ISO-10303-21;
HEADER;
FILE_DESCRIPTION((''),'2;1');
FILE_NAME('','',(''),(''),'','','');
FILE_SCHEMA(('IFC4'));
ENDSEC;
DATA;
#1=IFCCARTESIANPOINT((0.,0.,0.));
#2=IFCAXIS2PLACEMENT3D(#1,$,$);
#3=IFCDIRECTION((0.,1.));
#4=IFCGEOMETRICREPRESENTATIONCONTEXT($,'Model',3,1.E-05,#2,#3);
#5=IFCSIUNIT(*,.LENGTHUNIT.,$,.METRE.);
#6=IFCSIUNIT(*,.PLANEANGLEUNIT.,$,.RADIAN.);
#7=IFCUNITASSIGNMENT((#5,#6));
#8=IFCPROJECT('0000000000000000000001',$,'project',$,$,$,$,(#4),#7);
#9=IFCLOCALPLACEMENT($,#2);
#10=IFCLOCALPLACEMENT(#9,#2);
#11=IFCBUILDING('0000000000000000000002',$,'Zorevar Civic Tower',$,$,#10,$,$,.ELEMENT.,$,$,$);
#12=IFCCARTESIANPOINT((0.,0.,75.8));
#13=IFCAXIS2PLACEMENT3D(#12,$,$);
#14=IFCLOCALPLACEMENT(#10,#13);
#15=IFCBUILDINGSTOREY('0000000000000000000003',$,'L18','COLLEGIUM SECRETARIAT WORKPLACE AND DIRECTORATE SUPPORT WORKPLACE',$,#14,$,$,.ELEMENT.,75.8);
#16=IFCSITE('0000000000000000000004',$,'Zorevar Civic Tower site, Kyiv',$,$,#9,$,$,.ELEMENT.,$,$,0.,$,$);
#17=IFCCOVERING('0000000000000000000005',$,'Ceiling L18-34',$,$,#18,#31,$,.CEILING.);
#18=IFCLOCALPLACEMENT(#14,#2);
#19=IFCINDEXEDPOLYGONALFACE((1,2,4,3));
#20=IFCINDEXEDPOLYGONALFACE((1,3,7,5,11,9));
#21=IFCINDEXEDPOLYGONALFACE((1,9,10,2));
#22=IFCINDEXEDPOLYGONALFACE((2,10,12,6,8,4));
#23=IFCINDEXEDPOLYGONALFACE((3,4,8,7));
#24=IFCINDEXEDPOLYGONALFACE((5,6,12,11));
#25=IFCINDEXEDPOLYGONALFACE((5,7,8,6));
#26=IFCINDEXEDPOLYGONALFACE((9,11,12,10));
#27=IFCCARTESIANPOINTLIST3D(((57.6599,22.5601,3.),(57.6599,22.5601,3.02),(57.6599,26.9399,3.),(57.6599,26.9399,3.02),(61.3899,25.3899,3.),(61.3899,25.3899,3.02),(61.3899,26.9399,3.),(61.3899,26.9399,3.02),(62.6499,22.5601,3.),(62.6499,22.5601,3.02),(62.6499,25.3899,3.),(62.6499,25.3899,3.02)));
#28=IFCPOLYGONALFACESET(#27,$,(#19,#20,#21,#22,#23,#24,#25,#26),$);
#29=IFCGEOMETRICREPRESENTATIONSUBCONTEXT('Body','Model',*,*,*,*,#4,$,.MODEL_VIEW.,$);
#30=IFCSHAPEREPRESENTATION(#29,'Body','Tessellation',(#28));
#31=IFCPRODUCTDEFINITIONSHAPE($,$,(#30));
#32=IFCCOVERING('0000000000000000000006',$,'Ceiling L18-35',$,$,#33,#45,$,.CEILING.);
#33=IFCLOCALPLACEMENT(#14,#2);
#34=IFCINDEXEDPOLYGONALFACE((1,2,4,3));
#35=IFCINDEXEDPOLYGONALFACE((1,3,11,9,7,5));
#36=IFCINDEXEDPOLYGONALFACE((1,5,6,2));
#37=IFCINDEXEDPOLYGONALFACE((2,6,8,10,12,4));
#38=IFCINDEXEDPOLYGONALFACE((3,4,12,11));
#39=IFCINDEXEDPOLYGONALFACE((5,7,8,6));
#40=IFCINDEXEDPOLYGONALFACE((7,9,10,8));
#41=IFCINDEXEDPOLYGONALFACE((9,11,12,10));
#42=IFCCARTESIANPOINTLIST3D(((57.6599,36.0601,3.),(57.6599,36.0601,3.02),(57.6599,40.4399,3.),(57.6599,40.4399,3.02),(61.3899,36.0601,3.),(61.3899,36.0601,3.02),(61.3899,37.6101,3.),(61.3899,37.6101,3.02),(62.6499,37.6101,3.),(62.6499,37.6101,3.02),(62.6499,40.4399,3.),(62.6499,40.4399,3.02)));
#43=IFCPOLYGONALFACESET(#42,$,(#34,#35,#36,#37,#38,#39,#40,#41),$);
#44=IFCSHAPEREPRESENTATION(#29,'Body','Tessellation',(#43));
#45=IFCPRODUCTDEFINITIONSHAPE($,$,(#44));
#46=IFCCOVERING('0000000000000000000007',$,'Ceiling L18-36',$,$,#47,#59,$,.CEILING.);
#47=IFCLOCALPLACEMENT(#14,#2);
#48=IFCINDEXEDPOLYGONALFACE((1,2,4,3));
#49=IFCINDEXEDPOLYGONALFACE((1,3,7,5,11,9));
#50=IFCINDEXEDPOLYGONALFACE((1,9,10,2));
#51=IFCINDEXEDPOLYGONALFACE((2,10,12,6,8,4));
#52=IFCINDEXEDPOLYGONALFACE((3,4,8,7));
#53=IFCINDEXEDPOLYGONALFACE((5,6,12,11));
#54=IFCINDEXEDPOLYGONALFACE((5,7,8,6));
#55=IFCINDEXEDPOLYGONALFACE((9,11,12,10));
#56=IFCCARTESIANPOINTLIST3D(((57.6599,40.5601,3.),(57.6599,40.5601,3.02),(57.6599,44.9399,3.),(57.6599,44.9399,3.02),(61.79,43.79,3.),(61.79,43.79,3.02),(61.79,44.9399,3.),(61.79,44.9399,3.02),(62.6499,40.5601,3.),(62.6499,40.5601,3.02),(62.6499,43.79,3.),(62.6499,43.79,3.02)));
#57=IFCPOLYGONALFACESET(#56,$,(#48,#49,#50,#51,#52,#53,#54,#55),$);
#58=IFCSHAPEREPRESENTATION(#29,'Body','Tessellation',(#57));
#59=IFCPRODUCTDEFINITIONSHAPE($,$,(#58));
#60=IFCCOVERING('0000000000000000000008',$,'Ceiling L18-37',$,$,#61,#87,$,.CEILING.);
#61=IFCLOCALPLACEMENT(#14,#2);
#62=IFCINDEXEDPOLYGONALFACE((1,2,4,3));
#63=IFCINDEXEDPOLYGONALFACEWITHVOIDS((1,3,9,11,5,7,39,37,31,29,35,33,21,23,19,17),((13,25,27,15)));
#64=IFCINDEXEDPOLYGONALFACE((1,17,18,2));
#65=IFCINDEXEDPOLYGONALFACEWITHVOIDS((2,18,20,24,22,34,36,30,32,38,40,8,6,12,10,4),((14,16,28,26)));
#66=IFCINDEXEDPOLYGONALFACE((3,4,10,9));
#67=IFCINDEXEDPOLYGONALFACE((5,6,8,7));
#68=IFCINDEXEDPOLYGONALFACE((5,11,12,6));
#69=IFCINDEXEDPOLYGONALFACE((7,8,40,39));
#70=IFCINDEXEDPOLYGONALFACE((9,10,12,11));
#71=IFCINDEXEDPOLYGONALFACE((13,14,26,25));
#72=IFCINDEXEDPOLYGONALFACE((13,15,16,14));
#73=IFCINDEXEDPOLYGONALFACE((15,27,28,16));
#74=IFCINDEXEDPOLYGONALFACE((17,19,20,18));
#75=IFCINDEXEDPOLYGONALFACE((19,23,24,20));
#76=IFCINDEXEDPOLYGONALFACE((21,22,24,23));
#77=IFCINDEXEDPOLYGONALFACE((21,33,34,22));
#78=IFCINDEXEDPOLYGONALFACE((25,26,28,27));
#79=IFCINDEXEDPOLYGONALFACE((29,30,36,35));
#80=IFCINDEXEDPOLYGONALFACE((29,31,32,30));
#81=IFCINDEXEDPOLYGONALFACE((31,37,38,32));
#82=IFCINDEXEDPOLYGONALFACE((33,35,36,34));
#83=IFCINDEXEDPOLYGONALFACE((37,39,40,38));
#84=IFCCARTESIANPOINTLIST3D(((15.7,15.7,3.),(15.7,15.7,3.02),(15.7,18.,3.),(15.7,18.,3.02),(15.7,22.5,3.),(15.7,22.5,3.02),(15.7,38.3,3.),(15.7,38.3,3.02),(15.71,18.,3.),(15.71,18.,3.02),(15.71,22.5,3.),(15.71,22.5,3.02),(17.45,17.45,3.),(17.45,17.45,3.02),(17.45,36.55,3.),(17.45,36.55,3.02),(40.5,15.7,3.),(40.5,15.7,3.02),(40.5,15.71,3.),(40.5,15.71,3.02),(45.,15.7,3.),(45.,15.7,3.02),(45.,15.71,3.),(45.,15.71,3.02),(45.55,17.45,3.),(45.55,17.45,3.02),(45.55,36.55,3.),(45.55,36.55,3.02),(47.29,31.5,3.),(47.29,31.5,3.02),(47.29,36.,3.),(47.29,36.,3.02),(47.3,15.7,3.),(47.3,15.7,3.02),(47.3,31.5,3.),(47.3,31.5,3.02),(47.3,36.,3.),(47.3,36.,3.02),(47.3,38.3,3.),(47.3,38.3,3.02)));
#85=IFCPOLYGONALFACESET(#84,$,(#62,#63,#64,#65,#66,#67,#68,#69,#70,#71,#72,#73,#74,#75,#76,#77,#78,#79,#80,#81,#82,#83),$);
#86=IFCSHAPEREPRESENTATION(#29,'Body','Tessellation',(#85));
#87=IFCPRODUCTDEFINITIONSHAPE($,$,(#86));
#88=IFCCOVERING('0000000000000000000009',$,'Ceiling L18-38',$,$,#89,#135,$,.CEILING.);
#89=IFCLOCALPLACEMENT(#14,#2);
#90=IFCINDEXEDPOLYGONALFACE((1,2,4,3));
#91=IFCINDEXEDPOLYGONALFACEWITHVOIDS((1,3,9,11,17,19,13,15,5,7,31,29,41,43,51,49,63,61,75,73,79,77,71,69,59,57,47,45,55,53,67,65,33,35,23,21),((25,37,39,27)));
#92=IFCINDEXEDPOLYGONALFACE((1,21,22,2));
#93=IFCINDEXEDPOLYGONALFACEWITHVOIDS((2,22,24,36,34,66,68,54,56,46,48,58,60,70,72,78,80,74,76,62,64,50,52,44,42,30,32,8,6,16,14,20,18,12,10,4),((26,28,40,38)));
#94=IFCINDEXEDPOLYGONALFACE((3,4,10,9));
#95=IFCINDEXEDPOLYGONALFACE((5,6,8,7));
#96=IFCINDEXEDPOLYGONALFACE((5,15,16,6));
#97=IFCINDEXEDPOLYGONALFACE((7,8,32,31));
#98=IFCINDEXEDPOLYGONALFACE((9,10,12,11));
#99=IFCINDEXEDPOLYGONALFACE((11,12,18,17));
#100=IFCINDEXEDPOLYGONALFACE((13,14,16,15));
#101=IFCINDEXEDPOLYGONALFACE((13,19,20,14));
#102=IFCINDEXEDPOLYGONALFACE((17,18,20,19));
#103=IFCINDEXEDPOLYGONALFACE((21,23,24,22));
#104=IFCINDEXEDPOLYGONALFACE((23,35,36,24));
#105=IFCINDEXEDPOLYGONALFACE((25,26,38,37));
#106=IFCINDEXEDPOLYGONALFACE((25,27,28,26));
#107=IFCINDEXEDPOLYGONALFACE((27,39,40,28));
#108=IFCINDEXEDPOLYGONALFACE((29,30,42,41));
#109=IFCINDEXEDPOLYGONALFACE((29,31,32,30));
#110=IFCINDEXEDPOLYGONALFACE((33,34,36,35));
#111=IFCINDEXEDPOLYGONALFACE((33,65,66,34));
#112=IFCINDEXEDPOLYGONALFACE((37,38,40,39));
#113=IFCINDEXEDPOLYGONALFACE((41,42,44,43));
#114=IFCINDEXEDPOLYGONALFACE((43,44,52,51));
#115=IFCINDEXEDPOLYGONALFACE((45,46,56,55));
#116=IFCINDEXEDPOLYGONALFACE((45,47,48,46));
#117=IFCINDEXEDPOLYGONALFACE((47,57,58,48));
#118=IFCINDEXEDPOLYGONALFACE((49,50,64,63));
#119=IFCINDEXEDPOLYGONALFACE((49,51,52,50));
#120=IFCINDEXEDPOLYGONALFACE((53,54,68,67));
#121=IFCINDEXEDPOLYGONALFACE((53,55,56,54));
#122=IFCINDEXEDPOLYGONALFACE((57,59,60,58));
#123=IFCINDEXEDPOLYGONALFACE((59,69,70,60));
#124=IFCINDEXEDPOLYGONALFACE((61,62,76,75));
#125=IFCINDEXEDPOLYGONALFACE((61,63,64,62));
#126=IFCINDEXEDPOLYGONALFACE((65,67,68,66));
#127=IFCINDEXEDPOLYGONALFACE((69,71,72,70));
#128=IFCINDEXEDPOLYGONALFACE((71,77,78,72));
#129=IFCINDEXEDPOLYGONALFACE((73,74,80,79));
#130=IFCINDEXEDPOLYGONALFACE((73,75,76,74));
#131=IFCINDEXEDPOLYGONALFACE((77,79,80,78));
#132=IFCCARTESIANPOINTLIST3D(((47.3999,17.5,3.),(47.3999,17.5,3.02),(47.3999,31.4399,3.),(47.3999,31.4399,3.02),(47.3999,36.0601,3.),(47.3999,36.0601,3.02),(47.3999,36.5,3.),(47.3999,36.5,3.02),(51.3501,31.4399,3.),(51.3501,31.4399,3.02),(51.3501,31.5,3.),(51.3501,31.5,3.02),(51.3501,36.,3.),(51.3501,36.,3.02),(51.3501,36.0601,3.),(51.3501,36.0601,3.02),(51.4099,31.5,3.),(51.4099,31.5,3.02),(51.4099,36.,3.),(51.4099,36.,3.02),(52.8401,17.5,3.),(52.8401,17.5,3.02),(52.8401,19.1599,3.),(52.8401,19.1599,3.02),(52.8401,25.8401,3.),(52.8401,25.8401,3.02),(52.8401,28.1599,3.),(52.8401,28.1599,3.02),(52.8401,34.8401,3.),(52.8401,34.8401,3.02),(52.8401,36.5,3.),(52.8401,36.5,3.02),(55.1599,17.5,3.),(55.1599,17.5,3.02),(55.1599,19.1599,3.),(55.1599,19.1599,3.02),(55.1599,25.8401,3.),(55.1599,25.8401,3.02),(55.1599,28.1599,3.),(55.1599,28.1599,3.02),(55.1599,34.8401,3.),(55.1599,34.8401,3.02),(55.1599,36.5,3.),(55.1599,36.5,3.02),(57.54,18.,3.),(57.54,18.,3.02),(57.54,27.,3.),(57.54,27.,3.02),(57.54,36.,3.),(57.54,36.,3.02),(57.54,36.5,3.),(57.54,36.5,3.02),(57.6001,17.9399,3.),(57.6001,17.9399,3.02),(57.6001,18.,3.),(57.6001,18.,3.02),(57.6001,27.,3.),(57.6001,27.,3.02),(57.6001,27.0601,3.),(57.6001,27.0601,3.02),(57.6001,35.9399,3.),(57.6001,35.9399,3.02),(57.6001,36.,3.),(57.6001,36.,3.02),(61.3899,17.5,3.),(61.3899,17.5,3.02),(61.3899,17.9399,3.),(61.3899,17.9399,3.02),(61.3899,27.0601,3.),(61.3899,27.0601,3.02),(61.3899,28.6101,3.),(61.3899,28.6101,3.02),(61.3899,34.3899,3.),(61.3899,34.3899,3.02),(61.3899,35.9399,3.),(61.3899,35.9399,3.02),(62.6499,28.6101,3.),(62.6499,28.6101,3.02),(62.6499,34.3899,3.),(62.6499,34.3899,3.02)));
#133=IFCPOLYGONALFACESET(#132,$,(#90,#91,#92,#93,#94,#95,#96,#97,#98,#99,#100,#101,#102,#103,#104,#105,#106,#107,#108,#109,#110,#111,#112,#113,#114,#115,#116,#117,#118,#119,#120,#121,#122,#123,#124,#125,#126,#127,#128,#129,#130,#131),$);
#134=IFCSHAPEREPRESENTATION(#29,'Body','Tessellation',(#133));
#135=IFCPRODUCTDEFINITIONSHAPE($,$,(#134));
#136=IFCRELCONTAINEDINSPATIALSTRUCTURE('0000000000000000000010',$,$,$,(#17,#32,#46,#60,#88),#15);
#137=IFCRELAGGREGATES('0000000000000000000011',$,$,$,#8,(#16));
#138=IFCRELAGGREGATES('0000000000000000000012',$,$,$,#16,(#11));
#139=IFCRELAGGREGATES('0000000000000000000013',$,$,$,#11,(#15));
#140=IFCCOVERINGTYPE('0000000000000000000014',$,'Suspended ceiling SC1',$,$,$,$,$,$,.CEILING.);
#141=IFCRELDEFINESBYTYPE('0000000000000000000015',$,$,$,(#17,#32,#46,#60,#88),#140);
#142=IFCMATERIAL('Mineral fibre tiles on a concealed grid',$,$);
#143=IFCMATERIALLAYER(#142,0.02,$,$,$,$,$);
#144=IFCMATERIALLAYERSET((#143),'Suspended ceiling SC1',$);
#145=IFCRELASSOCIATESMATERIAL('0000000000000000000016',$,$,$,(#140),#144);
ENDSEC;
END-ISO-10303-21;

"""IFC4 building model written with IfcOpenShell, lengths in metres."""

from ifc_helpers import new_model, si_unit, direction, frame, origin, place, context, subcontext, project, spatial, polyline, outline, extrude, material, layer, layer_set, type_object, element, save


model = new_model("IFC4")

# Units and contexts
model_context = context("Model", 3, precision=1e-05, world=origin(), true_north=direction((0.0, 1.0)))
body_context = subcontext(model_context, "Body", "Model", "MODEL_VIEW")
ifc_project = project(units=[si_unit("LENGTHUNIT", "METRE"), si_unit("PLANEANGLEUNIT", "RADIAN")], contexts=[model_context])

# Site, building, storey
site_placement = place(None, origin())
site = spatial("IfcSite", under=ifc_project, at=site_placement, Name="Zorevar Civic Tower site, Kyiv", CompositionType="ELEMENT", RefElevation=0.0)
building_placement = place(site_placement, origin())
building = spatial("IfcBuilding", under=site, at=building_placement, Name="Zorevar Civic Tower", CompositionType="ELEMENT")
storey_placement = place(building_placement, frame((0.0, 0.0, 75.8)))
storey = spatial("IfcBuildingStorey", under=building, at=storey_placement, Name="L18", Description="COLLEGIUM SECRETARIAT WORKPLACE AND DIRECTORATE SUPPORT WORKPLACE", CompositionType="ELEMENT", Elevation=75.8)

# Coverings
ifc_material_1 = material(Name="Mineral fibre tiles on a concealed grid")
ifc_layer_1 = layer(ifc_material_1, 0.02)
ifc_layer_set_1 = layer_set([ifc_layer_1], Name="Suspended ceiling SC1")
covering_type = type_object("IfcCoveringType", Name="Suspended ceiling SC1", PredefinedType="CEILING", material=ifc_layer_set_1)
covering_1_placement = place(storey_placement, frame((0.0, 0.0, 3.0)))
element("IfcCovering", 1, at=covering_1_placement, inside=storey, type_object=covering_type, Name="Ceiling L18-34", PredefinedType="CEILING", context=body_context, shape_type="SweptSolid", body=[
    extrude(outline(polyline([(57.6599, 26.9399), (61.3899, 26.9399), (61.3899, 25.3899), (62.6499, 25.3899), (62.6499, 22.5601), (57.6599, 22.5601), (57.6599, 26.9399)])), origin(), (0.0, 0.0, 1.0), 0.02),
])
covering_2_placement = place(storey_placement, frame((0.0, 0.0, 3.0)))
element("IfcCovering", 2, at=covering_2_placement, inside=storey, type_object=covering_type, Name="Ceiling L18-35", PredefinedType="CEILING", context=body_context, shape_type="SweptSolid", body=[
    extrude(outline(polyline([(57.6599, 40.4399), (62.6499, 40.4399), (62.6499, 37.6101), (61.3899, 37.6101), (61.3899, 36.0601), (57.6599, 36.0601), (57.6599, 40.4399)])), origin(), (0.0, 0.0, 1.0), 0.02),
])
covering_3_placement = place(storey_placement, frame((0.0, 0.0, 3.0)))
element("IfcCovering", 3, at=covering_3_placement, inside=storey, type_object=covering_type, Name="Ceiling L18-36", PredefinedType="CEILING", context=body_context, shape_type="SweptSolid", body=[
    extrude(outline(polyline([(57.6599, 44.9399), (61.79, 44.9399), (61.79, 43.79), (62.6499, 43.79), (62.6499, 40.5601), (57.6599, 40.5601), (57.6599, 44.9399)])), origin(), (0.0, 0.0, 1.0), 0.02),
])
covering_4_placement = place(storey_placement, frame((0.0, 0.0, 3.0)))
element("IfcCovering", 4, at=covering_4_placement, inside=storey, type_object=covering_type, Name="Ceiling L18-37", PredefinedType="CEILING", context=body_context, shape_type="SweptSolid", body=[
    extrude(outline(polyline([(15.7, 22.5), (15.7, 38.3), (47.3, 38.3), (47.3, 36.0), (47.29, 36.0), (47.29, 31.5), (47.3, 31.5), (47.3, 15.7), (45.0, 15.7), (45.0, 15.71), (40.5, 15.71), (40.5, 15.7), (15.7, 15.7), (15.7, 18.0), (15.71, 18.0), (15.71, 22.5), (15.7, 22.5)]), holes=[polyline([(45.55, 36.55), (17.45, 36.55), (17.45, 17.45), (45.55, 17.45), (45.55, 36.55)])]), origin(), (0.0, 0.0, 1.0), 0.02),
])
covering_5_placement = place(storey_placement, frame((0.0, 0.0, 3.0)))
element("IfcCovering", 5, at=covering_5_placement, inside=storey, type_object=covering_type, Name="Ceiling L18-38", PredefinedType="CEILING", context=body_context, shape_type="SweptSolid", body=[
    extrude(outline(polyline([(52.8401, 17.5), (47.3999, 17.5), (47.3999, 31.4399), (51.3501, 31.4399), (51.3501, 31.5), (51.4099, 31.5), (51.4099, 36.0), (51.3501, 36.0), (51.3501, 36.0601), (47.3999, 36.0601), (47.3999, 36.5), (52.8401, 36.5), (52.8401, 34.8401), (55.1599, 34.8401), (55.1599, 36.5), (57.54, 36.5), (57.54, 36.0), (57.6001, 36.0), (57.6001, 35.9399), (61.3899, 35.9399), (61.3899, 34.3899), (62.6499, 34.3899), (62.6499, 28.6101), (61.3899, 28.6101), (61.3899, 27.0601), (57.6001, 27.0601), (57.6001, 27.0), (57.54, 27.0), (57.54, 18.0), (57.6001, 18.0), (57.6001, 17.9399), (61.3899, 17.9399), (61.3899, 17.5), (55.1599, 17.5), (55.1599, 19.1599), (52.8401, 19.1599), (52.8401, 17.5)]), holes=[polyline([(55.1599, 28.1599), (52.8401, 28.1599), (52.8401, 25.8401), (55.1599, 25.8401), (55.1599, 28.1599)])]), origin(), (0.0, 0.0, 1.0), 0.02),
])

save(model, "model.ifc")
